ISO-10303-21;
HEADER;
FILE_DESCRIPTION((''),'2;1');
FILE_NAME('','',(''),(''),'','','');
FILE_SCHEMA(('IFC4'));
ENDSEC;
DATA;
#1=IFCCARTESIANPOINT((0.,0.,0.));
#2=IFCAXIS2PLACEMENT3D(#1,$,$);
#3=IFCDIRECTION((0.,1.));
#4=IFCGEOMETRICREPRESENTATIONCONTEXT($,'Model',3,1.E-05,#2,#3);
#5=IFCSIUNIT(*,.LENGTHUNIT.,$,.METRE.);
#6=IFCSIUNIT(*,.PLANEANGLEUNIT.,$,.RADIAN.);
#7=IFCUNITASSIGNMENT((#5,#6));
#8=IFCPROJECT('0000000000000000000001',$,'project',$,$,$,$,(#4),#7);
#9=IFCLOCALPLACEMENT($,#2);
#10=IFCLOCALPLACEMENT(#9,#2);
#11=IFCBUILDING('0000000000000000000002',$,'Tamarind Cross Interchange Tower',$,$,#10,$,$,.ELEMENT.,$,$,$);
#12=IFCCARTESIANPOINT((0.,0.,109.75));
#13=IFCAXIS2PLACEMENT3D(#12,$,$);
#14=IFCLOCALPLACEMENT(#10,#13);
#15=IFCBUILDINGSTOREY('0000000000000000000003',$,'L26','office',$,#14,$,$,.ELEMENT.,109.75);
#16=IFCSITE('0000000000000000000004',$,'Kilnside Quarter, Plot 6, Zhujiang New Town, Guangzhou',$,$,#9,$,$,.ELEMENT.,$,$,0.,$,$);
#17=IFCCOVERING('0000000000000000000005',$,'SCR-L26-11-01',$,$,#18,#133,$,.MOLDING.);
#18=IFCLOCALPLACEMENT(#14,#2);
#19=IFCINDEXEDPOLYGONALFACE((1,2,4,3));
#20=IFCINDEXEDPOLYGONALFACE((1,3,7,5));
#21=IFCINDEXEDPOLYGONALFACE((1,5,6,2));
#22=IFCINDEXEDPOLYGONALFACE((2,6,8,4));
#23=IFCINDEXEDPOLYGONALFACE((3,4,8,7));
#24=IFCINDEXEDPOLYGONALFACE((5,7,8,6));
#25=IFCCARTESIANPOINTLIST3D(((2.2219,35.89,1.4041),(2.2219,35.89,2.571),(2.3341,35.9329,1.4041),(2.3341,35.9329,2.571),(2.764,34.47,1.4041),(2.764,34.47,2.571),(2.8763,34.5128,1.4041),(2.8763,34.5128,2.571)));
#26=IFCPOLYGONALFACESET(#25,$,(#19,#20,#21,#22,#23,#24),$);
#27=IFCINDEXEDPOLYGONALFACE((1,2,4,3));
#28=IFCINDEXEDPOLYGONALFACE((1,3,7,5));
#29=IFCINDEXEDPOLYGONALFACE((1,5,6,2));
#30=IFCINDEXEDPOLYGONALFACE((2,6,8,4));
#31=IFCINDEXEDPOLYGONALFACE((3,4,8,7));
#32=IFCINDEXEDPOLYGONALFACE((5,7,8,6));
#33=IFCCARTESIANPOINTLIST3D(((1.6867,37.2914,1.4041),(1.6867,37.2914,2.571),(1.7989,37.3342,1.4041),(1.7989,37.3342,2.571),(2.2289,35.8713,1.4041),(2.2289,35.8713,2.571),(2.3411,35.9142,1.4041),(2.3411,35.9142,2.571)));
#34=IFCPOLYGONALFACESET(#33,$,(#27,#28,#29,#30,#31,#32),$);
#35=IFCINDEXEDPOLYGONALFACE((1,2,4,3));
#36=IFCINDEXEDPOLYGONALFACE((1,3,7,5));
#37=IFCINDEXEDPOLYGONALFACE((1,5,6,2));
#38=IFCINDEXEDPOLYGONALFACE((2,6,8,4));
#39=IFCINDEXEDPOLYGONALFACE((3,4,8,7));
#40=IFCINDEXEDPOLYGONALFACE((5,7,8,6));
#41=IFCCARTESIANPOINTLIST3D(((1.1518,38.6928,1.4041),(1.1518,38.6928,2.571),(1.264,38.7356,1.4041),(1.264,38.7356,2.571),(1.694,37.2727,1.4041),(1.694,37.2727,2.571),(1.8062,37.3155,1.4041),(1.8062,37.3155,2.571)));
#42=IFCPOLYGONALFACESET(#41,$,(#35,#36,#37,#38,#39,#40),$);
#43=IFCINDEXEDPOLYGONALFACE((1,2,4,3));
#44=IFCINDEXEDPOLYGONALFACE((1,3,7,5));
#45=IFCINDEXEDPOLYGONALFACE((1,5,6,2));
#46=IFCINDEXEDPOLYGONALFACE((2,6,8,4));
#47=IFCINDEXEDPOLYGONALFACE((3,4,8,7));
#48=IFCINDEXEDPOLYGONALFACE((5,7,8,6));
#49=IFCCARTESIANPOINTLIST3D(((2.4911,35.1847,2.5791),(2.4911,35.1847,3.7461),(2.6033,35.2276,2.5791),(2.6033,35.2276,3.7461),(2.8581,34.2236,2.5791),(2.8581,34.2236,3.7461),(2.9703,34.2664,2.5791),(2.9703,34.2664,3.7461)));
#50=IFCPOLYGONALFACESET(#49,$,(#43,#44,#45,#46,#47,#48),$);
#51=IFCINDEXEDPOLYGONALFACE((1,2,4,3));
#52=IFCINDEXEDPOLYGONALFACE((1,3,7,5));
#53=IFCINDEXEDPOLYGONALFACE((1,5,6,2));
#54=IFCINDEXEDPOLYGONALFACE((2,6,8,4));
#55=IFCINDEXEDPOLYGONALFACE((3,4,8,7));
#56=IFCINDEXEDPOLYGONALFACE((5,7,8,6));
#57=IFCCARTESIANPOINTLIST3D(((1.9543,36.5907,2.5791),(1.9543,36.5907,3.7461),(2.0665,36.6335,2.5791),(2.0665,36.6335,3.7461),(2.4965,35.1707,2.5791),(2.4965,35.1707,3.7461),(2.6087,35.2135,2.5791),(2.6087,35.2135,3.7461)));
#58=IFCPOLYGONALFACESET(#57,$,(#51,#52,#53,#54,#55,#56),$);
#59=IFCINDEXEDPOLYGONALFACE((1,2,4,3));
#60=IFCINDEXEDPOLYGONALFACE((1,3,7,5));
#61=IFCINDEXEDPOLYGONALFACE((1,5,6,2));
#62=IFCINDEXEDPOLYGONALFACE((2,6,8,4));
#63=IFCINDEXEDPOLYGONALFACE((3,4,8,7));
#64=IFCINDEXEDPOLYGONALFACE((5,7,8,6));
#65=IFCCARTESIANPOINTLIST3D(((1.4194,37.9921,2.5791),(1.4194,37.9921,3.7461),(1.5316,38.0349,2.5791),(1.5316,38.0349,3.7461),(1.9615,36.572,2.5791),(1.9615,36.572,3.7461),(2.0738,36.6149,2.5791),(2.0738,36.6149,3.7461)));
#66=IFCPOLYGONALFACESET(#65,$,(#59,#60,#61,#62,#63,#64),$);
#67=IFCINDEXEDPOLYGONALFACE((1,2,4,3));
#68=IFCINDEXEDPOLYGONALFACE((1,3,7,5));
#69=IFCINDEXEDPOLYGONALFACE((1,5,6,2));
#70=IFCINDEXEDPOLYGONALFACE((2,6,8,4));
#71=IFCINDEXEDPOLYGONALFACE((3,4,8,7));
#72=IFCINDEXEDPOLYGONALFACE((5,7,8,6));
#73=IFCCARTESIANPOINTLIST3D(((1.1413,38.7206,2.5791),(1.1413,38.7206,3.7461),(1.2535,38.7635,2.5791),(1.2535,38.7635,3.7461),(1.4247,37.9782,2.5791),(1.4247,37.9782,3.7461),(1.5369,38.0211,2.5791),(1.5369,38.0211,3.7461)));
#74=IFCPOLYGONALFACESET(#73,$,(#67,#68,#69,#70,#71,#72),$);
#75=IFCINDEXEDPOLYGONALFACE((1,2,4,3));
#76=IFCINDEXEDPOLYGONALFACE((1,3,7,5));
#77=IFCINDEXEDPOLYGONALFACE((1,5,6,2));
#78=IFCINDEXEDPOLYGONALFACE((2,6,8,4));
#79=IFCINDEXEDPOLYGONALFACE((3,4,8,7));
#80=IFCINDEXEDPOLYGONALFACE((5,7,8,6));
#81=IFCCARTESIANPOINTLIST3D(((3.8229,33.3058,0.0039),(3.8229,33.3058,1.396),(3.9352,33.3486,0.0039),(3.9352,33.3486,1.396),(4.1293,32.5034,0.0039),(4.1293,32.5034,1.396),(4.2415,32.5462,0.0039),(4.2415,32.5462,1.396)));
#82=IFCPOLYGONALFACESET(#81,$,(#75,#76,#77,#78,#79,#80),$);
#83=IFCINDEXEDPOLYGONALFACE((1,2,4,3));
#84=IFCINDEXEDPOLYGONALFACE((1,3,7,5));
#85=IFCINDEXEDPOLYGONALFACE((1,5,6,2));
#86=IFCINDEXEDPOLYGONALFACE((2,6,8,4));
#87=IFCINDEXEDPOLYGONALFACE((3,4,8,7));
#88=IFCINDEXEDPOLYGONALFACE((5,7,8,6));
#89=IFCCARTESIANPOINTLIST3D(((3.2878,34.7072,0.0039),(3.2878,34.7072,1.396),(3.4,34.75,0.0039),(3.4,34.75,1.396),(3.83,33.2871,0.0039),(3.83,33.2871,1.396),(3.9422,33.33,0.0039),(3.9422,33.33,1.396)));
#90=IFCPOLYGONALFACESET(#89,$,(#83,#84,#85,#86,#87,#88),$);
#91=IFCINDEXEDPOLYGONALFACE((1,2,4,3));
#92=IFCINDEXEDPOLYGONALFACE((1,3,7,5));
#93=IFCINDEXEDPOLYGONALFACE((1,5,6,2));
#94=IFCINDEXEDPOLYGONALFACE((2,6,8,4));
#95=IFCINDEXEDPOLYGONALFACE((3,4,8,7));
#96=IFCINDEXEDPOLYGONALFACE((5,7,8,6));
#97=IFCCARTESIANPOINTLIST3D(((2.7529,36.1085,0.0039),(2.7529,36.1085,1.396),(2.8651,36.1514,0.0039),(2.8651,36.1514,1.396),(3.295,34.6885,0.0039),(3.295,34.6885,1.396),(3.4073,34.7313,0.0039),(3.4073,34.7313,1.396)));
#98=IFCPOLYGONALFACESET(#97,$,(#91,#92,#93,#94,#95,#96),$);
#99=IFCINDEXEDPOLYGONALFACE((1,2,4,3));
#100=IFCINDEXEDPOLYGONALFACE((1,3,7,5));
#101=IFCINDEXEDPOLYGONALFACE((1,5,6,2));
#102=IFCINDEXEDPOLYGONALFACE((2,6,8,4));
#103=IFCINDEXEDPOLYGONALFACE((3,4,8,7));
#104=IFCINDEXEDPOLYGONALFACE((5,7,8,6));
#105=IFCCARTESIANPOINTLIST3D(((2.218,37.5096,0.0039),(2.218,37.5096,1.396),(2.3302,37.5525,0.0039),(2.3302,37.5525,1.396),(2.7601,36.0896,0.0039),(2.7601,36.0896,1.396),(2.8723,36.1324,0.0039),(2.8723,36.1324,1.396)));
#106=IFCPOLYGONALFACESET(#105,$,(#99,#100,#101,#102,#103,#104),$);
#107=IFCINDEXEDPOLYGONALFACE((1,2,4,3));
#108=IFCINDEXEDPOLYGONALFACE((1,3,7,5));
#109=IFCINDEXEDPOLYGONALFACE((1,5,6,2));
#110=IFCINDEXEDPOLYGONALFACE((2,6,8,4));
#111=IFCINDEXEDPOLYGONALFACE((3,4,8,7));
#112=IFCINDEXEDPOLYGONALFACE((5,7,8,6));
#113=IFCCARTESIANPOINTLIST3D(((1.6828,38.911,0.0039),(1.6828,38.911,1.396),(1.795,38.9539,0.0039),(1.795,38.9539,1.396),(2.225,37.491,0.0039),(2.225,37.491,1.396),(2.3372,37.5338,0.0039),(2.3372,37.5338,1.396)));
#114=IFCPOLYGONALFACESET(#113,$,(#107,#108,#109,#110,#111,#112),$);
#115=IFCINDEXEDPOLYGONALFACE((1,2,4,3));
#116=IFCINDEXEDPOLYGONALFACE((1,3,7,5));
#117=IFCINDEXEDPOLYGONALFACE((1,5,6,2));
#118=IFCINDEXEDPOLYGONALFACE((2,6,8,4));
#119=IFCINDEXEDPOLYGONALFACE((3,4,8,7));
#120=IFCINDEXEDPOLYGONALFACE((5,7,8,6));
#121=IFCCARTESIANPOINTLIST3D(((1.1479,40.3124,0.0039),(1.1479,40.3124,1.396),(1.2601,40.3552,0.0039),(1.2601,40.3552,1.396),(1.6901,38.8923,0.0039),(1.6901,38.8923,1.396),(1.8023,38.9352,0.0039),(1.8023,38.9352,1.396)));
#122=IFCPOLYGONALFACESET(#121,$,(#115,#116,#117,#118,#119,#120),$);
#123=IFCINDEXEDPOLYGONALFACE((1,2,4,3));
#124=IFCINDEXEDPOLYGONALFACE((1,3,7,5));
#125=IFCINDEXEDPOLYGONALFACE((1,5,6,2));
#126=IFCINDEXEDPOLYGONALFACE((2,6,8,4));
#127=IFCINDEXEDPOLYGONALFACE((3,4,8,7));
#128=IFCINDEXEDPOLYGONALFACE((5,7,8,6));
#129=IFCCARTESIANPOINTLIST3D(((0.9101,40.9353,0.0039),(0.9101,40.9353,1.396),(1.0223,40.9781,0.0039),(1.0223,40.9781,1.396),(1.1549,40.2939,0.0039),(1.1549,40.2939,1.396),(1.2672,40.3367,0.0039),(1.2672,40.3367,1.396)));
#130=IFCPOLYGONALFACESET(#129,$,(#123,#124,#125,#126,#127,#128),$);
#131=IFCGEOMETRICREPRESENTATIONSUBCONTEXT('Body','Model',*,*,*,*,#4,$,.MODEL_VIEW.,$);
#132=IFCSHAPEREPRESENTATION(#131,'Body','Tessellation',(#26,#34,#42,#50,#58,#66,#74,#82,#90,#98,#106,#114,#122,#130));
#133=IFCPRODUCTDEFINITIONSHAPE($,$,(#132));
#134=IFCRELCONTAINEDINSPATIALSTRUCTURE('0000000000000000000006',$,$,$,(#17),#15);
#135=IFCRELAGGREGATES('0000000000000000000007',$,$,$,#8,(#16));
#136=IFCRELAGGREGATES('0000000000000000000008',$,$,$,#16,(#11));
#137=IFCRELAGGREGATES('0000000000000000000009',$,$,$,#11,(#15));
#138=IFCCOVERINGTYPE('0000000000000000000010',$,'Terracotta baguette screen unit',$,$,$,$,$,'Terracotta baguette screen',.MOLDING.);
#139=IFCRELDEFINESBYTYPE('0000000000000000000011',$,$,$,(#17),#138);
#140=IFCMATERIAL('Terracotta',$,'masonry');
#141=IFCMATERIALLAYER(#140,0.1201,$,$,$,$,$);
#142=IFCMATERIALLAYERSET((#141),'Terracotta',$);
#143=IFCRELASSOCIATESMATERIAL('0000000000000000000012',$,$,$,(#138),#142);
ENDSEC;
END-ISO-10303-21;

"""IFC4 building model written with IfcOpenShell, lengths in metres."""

from ifc_helpers import new_model, si_unit, direction, frame, origin, origin_2d, place, context, subcontext, project, spatial, rectangle, extrude, material, layer, layer_set, type_object, element, save


model = new_model("IFC4")

# Units and contexts
model_context = context("Model", 3, precision=1e-05, world=origin(), true_north=direction((0.0, 1.0)))
body_context = subcontext(model_context, "Body", "Model", "MODEL_VIEW")
ifc_project = project(units=[si_unit("LENGTHUNIT", "METRE"), si_unit("PLANEANGLEUNIT", "RADIAN")], contexts=[model_context])

# Site, building, storey
site_placement = place(None, origin())
site = spatial("IfcSite", under=ifc_project, at=site_placement, Name="Kilnside Quarter, Plot 6, Zhujiang New Town, Guangzhou", CompositionType="ELEMENT", RefElevation=0.0)
building_placement = place(site_placement, origin())
building = spatial("IfcBuilding", under=site, at=building_placement, Name="Tamarind Cross Interchange Tower", CompositionType="ELEMENT")
storey_placement = place(building_placement, frame((0.0, 0.0, 109.75)))
storey = spatial("IfcBuildingStorey", under=building, at=storey_placement, Name="L26", Description="office", CompositionType="ELEMENT", Elevation=109.75)

# Covering
ifc_material_1 = material(Name="Terracotta", Category="masonry")
ifc_layer_1 = layer(ifc_material_1, 0.1201)
ifc_layer_set_1 = layer_set([ifc_layer_1], Name="Terracotta")
covering_type = type_object("IfcCoveringType", Name="Terracotta baguette screen unit", ElementType="Terracotta baguette screen", PredefinedType="MOLDING", material=ifc_layer_set_1)
covering_1_placement = place(storey_placement, origin())
element("IfcCovering", 1, at=covering_1_placement, inside=storey, type_object=covering_type, Name="SCR-L26-11-01", PredefinedType="MOLDING", context=body_context, shape_type="SweptSolid", body=[
    extrude(rectangle(XDim=1.52, YDim=0.1201, at=origin_2d()), frame((2.5491, 35.2014, 1.4041), z_axis=(0.0, 0.0, 1.0), x_axis=(-0.356673, 0.934229, 0.0)), (0.0, 0.0, 1.0), 1.167),
    extrude(rectangle(XDim=1.52, YDim=0.1201, at=origin_2d()), frame((2.0139, 36.6028, 1.4041), z_axis=(0.0, 0.0, 1.0), x_axis=(-0.356673, 0.934229, 0.0)), (0.0, 0.0, 1.0), 1.167),
    extrude(rectangle(XDim=1.52, YDim=0.1201, at=origin_2d()), frame((1.479, 38.0042, 1.4041), z_axis=(0.0, 0.0, 1.0), x_axis=(-0.356673, 0.934229, 0.0)), (0.0, 0.0, 1.0), 1.167),
    extrude(rectangle(XDim=1.0288, YDim=0.1201, at=origin_2d()), frame((2.7307, 34.7256, 2.5791), z_axis=(0.0, 0.0, 1.0), x_axis=(-0.356673, 0.934229, 0.0)), (0.0, 0.0, 1.0), 1.167),
    extrude(rectangle(XDim=1.52, YDim=0.1201, at=origin_2d()), frame((2.2815, 35.9021, 2.5791), z_axis=(0.0, 0.0, 1.0), x_axis=(-0.356673, 0.934229, 0.0)), (0.0, 0.0, 1.0), 1.167),
    extrude(rectangle(XDim=1.52, YDim=0.1201, at=origin_2d()), frame((1.7466, 37.3035, 2.5791), z_axis=(0.0, 0.0, 1.0), x_axis=(-0.356673, 0.934229, 0.0)), (0.0, 0.0, 1.0), 1.167),
    extrude(rectangle(XDim=0.7947, YDim=0.1201, at=origin_2d()), frame((1.3391, 38.3708, 2.5791), z_axis=(0.0, 0.0, 1.0), x_axis=(-0.356673, 0.934229, 0.0)), (0.0, 0.0, 1.0), 1.167),
    extrude(rectangle(XDim=0.8589, YDim=0.1201, at=origin_2d()), frame((4.0322, 32.926, 0.0039), z_axis=(0.0, 0.0, 1.0), x_axis=(-0.356673, 0.934229, 0.0)), (0.0, 0.0, 1.0), 1.3921),
    extrude(rectangle(XDim=1.52, YDim=0.1201, at=origin_2d()), frame((3.615, 34.0186, 0.0039), z_axis=(0.0, 0.0, 1.0), x_axis=(-0.356673, 0.934229, 0.0)), (0.0, 0.0, 1.0), 1.3921),
    extrude(rectangle(XDim=1.52, YDim=0.1201, at=origin_2d()), frame((3.0801, 35.4199, 0.0039), z_axis=(0.0, 0.0, 1.0), x_axis=(-0.356673, 0.934229, 0.0)), (0.0, 0.0, 1.0), 1.3921),
    extrude(rectangle(XDim=1.52, YDim=0.1201, at=origin_2d()), frame((2.5452, 36.821, 0.0039), z_axis=(0.0, 0.0, 1.0), x_axis=(-0.356673, 0.934229, 0.0)), (0.0, 0.0, 1.0), 1.3921),
    extrude(rectangle(XDim=1.52, YDim=0.1201, at=origin_2d()), frame((2.01, 38.2224, 0.0039), z_axis=(0.0, 0.0, 1.0), x_axis=(-0.356673, 0.934229, 0.0)), (0.0, 0.0, 1.0), 1.3921),
    extrude(rectangle(XDim=1.52, YDim=0.1201, at=origin_2d()), frame((1.4751, 39.6238, 0.0039), z_axis=(0.0, 0.0, 1.0), x_axis=(-0.356673, 0.934229, 0.0)), (0.0, 0.0, 1.0), 1.3921),
    extrude(rectangle(XDim=0.6865, YDim=0.1201, at=origin_2d()), frame((1.0886, 40.636, 0.0039), z_axis=(0.0, 0.0, 1.0), x_axis=(-0.356673, 0.934229, 0.0)), (0.0, 0.0, 1.0), 1.3921),
])

save(model, "model.ifc")
